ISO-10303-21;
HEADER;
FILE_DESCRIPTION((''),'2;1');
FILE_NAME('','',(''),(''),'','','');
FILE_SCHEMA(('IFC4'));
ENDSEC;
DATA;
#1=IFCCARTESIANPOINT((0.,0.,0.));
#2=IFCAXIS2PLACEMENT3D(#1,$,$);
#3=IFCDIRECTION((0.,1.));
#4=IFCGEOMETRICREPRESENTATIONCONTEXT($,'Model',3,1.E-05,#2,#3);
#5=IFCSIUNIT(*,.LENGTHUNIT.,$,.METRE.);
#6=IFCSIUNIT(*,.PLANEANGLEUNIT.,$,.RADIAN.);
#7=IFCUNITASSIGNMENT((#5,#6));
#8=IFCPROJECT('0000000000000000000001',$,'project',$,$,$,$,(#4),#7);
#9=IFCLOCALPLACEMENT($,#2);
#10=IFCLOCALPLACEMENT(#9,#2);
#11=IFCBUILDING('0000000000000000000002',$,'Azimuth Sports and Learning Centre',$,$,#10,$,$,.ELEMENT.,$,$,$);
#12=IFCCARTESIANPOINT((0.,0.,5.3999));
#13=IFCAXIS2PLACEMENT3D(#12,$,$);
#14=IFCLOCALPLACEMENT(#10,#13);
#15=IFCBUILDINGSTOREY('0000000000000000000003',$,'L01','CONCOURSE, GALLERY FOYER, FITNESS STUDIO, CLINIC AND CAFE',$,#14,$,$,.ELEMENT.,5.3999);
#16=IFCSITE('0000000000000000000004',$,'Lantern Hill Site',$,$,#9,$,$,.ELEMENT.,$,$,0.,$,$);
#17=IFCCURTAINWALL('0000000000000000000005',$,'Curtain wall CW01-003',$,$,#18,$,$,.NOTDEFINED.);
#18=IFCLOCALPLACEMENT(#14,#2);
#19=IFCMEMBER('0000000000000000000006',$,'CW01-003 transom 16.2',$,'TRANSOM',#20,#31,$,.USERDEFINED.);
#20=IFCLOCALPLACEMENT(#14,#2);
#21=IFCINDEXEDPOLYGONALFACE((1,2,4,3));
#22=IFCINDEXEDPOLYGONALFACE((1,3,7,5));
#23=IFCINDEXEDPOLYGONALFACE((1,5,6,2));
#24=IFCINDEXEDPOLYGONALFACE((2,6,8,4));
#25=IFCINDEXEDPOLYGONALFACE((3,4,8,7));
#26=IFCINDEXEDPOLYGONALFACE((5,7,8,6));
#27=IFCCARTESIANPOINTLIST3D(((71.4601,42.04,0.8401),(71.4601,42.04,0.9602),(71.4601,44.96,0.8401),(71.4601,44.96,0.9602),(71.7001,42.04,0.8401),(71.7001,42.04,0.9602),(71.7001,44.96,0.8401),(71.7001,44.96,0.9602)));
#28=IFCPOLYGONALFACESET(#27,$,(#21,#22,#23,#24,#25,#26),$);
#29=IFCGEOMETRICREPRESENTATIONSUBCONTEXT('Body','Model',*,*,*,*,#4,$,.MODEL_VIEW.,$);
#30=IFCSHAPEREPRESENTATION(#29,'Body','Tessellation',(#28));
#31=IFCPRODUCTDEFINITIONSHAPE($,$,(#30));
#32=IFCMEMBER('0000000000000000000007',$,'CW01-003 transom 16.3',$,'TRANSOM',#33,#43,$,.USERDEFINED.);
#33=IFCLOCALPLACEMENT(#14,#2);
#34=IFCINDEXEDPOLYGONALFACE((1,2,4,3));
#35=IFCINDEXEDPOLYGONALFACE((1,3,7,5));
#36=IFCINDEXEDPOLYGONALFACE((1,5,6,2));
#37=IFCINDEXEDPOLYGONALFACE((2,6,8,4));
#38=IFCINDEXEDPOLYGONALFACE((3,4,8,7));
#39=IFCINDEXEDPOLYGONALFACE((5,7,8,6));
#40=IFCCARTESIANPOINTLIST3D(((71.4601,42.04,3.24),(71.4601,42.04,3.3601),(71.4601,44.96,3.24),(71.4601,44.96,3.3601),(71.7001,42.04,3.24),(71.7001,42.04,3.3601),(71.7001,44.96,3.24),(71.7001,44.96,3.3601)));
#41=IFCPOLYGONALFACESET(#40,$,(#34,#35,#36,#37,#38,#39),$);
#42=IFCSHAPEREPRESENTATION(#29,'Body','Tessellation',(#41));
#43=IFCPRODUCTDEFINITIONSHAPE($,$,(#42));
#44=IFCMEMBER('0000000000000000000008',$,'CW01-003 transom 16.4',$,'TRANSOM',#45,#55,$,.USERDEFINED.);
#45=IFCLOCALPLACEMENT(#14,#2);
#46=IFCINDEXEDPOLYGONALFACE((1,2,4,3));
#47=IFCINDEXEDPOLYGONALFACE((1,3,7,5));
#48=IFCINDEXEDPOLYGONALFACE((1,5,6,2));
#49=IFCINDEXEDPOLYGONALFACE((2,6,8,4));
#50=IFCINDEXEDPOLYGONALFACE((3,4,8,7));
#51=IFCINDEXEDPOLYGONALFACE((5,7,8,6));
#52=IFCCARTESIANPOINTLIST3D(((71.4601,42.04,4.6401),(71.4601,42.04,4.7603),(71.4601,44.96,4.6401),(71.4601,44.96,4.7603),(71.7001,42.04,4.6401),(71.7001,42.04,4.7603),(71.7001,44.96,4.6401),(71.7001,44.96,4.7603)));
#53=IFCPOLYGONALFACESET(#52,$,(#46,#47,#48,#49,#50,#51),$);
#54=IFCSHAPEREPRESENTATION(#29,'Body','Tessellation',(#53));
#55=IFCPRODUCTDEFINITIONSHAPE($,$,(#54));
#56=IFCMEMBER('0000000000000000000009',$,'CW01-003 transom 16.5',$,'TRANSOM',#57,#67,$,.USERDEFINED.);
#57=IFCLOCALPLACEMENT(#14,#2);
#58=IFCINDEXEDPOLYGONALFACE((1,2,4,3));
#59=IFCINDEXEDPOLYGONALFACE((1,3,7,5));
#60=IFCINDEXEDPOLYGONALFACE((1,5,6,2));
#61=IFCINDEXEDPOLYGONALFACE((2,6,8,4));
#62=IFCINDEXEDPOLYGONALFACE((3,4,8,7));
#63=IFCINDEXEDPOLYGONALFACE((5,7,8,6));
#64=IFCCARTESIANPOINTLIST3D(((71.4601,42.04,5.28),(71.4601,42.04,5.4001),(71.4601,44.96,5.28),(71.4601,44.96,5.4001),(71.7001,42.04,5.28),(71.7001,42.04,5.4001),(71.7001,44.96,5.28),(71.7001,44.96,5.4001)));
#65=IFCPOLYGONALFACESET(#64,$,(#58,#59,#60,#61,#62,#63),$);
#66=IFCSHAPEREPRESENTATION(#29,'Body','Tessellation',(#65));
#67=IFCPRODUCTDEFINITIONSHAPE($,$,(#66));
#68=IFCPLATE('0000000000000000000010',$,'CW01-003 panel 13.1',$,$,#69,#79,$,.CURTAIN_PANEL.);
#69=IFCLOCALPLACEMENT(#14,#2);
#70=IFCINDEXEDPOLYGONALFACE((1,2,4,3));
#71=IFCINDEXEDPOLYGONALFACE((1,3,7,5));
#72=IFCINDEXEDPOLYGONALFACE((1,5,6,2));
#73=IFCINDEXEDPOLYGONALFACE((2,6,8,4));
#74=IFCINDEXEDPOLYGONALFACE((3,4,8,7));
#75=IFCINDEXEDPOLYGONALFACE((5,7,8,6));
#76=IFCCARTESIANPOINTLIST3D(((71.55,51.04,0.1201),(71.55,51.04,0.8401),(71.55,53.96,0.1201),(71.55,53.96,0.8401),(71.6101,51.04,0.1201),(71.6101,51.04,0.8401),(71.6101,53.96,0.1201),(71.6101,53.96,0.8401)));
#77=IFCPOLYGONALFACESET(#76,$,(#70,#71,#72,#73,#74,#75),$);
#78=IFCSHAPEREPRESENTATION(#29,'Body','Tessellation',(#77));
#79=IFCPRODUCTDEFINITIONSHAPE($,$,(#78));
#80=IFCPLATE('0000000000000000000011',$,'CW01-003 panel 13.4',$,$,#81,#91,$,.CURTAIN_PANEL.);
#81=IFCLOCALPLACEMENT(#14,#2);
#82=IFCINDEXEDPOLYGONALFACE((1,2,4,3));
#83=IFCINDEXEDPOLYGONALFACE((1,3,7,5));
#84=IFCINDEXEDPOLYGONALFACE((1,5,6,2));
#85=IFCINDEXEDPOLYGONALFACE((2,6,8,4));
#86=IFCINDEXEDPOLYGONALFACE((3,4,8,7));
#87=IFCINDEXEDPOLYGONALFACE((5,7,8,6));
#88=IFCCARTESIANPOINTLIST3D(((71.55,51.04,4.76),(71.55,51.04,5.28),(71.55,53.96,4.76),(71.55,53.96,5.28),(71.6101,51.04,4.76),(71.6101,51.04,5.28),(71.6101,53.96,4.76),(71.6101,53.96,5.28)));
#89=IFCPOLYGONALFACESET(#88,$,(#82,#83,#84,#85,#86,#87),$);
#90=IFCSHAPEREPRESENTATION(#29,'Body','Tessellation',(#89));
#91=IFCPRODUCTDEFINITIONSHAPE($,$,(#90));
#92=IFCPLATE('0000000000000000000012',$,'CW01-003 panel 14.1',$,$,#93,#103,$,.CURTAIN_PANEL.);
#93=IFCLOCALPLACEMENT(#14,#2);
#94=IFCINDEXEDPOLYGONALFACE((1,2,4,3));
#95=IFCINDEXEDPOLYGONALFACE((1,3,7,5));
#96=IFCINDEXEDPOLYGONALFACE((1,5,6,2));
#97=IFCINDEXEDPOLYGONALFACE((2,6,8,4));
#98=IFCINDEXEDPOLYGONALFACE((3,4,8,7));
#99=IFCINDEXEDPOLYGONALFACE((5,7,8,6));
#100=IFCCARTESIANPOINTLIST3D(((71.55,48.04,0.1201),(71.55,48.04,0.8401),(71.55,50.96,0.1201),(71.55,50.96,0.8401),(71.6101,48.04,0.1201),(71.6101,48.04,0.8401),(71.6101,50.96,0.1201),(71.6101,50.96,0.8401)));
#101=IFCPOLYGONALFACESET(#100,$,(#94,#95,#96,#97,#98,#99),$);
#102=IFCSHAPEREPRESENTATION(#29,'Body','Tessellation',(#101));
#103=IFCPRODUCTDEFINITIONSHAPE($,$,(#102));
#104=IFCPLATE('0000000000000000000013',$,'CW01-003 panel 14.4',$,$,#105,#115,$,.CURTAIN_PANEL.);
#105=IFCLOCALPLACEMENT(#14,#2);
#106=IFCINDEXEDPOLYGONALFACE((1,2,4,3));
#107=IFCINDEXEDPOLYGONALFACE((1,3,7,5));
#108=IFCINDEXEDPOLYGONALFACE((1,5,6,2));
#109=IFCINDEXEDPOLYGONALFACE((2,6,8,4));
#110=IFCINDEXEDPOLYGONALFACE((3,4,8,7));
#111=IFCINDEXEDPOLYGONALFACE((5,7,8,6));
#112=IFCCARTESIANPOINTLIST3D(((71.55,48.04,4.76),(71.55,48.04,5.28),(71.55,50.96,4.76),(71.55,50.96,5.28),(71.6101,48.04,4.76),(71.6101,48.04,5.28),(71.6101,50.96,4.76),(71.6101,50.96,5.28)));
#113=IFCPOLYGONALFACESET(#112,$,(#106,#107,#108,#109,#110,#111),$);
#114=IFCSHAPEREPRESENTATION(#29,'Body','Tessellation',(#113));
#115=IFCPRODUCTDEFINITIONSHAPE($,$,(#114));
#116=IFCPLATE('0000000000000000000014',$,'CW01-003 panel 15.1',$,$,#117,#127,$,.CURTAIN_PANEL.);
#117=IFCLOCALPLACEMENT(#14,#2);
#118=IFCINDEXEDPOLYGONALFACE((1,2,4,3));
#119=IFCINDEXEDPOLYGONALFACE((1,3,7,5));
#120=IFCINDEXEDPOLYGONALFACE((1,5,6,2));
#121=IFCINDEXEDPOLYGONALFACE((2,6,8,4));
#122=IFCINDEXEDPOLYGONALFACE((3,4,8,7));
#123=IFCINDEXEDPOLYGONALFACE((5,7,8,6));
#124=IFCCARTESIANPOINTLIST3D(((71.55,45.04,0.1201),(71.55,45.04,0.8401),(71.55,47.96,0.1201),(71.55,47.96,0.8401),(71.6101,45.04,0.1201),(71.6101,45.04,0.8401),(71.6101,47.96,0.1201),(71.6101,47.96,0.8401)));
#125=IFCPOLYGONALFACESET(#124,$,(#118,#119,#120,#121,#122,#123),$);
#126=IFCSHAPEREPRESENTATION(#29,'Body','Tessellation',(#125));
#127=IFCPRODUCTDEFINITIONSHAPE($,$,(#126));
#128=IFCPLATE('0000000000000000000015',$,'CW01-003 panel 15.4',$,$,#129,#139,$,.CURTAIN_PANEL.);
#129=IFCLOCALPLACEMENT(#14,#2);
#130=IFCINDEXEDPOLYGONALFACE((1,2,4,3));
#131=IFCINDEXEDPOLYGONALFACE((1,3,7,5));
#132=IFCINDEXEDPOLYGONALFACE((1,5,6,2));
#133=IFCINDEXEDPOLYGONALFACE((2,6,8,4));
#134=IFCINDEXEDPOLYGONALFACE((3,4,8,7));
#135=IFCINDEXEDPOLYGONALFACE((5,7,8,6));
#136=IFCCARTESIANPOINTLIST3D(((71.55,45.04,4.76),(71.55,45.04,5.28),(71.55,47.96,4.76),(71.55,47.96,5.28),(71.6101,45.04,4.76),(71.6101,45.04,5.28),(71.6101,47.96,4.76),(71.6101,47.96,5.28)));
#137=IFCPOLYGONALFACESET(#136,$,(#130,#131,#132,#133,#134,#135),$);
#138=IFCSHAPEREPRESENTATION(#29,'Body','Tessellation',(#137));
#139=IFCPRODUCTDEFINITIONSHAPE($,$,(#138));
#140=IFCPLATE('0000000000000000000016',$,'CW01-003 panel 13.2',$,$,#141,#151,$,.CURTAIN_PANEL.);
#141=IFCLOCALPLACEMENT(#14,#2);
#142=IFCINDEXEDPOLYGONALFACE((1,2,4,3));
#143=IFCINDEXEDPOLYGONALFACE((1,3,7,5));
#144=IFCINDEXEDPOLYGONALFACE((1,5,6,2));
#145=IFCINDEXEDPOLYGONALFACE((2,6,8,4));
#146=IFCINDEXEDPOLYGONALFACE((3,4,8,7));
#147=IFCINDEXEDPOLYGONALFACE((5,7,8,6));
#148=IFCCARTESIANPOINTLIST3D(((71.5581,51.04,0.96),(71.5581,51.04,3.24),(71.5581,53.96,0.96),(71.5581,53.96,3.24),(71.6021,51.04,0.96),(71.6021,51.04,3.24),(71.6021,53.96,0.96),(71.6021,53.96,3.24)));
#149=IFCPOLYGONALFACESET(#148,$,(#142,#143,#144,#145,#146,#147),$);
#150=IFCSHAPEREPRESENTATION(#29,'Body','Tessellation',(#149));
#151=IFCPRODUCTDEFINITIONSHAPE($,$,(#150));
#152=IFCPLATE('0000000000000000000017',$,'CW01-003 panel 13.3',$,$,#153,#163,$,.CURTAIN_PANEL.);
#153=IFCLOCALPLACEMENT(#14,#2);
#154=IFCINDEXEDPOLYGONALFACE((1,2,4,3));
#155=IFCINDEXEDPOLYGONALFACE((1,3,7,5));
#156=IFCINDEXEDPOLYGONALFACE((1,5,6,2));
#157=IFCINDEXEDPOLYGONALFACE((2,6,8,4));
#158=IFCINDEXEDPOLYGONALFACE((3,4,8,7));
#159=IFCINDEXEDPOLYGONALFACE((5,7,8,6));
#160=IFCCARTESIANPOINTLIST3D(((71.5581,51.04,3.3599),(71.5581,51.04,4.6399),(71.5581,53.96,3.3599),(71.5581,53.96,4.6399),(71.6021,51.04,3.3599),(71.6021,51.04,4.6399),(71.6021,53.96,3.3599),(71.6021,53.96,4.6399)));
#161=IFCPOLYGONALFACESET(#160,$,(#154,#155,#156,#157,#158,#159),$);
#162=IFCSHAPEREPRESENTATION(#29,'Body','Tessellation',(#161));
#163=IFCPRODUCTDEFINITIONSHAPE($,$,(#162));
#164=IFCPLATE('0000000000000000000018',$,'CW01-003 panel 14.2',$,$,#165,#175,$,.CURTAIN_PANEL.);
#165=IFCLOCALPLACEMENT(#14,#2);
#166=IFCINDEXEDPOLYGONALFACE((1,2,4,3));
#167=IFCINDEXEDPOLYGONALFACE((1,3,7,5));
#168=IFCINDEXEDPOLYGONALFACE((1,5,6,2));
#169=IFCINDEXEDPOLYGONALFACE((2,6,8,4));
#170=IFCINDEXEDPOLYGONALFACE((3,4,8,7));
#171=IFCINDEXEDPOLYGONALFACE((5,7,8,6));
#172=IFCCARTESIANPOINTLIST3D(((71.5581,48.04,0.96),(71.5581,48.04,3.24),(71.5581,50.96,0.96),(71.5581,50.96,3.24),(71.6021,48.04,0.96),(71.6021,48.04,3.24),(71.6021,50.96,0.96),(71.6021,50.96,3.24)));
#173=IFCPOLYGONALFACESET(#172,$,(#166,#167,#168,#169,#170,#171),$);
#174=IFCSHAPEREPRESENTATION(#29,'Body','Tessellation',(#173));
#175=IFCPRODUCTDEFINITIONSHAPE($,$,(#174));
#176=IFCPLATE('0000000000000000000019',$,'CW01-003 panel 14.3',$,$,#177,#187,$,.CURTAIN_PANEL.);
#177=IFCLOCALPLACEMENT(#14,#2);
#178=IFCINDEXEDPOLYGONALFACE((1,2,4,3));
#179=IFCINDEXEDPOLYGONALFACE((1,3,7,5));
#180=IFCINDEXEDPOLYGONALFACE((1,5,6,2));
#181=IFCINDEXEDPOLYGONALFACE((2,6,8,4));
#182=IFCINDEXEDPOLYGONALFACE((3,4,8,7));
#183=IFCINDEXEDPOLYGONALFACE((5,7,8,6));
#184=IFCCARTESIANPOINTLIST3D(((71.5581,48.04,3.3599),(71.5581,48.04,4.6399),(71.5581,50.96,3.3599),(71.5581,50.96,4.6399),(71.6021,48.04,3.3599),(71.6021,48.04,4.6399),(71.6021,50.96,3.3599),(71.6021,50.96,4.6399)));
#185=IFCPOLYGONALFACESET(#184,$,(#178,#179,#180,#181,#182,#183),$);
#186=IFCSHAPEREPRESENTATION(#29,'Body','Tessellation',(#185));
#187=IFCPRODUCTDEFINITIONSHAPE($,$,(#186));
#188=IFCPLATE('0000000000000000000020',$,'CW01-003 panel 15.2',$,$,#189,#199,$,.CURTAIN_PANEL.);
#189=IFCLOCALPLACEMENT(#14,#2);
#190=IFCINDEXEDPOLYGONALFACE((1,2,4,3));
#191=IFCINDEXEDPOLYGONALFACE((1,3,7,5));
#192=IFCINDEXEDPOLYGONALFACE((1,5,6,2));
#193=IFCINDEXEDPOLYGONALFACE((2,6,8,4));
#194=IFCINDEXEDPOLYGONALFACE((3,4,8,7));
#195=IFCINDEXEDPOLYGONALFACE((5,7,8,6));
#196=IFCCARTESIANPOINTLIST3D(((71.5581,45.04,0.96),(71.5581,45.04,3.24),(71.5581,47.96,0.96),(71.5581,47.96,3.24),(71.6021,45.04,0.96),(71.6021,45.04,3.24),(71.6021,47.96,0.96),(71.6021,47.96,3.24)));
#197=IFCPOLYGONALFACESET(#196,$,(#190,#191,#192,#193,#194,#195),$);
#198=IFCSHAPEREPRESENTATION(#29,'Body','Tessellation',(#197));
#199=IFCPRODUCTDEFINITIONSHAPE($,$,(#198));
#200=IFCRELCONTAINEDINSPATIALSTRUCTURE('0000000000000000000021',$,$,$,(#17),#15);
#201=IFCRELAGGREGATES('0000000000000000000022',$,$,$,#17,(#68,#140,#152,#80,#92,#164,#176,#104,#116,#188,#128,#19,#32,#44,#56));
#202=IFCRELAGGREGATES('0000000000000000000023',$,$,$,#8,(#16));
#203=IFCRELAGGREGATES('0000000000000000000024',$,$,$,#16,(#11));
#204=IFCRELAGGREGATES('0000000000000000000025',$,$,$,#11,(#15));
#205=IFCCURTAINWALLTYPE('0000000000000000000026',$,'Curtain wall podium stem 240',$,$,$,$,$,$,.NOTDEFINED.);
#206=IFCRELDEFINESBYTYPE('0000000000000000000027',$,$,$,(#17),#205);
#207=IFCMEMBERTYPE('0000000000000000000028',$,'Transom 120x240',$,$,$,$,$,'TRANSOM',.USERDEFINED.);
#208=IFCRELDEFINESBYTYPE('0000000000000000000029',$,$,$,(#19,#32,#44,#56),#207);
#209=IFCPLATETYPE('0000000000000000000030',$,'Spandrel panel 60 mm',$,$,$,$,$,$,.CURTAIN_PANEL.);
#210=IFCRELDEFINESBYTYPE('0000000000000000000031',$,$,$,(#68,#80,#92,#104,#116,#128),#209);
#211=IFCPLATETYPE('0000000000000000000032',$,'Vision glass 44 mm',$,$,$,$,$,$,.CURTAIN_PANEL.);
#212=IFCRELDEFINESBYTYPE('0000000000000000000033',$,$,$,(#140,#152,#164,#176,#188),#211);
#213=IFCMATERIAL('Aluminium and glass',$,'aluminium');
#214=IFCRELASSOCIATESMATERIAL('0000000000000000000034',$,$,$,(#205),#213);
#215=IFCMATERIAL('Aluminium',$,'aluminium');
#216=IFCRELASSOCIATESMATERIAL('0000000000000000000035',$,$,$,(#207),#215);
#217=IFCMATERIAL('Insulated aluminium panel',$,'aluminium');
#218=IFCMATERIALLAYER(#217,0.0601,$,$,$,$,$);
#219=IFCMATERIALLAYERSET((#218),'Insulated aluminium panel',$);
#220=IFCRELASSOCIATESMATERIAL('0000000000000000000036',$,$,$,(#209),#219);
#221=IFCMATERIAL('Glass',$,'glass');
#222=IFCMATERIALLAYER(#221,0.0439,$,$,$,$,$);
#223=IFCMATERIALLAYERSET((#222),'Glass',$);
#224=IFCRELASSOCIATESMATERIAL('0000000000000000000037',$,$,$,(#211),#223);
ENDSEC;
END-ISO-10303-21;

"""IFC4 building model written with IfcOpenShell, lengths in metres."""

from ifc_helpers import new_model, si_unit, direction, frame, origin, origin_2d, place, context, subcontext, project, spatial, rectangle, extrude, material, layer, layer_set, material_profile, profile_set, type_object, element, aggregate, save


model = new_model("IFC4")

# Units and contexts
model_context = context("Model", 3, precision=1e-05, world=origin(), true_north=direction((0.0, 1.0)))
body_context = subcontext(model_context, "Body", "Model", "MODEL_VIEW")
ifc_project = project(units=[si_unit("LENGTHUNIT", "METRE"), si_unit("PLANEANGLEUNIT", "RADIAN")], contexts=[model_context])

# Site, building, storey
site_placement = place(None, origin())
site = spatial("IfcSite", under=ifc_project, at=site_placement, Name="Lantern Hill Site", CompositionType="ELEMENT", RefElevation=0.0)
building_placement = place(site_placement, origin())
building = spatial("IfcBuilding", under=site, at=building_placement, Name="Azimuth Sports and Learning Centre", CompositionType="ELEMENT")
storey_placement = place(building_placement, frame((0.0, 0.0, 5.3999)))
storey = spatial("IfcBuildingStorey", under=building, at=storey_placement, Name="L01", Description="CONCOURSE, GALLERY FOYER, FITNESS STUDIO, CLINIC AND CAFE", CompositionType="ELEMENT", Elevation=5.3999)

# Curtain wall, members, plates
ifc_material_1 = material(Name="Aluminium and glass", Category="aluminium")
curtain_wall_type = type_object("IfcCurtainWallType", Name="Curtain wall podium stem 240", PredefinedType="NOTDEFINED", material=ifc_material_1)
curtain_wall_placement = place(storey_placement, origin())
curtain_wall = element("IfcCurtainWall", 1, at=curtain_wall_placement, inside=storey, type_object=curtain_wall_type, Name="Curtain wall CW01-003", PredefinedType="NOTDEFINED")
ifc_material_2 = material(Name="Aluminium", Category="aluminium")
ifc_material_profile_1 = material_profile(ifc_material_2, rectangle(XDim=0.24, YDim=0.1201, at=origin_2d()), Name="Transom 120x240")
ifc_profile_set_1 = profile_set([ifc_material_profile_1], Name="Aluminium")
member_type_1 = type_object("IfcMemberType", Name="Transom 120x240", ElementType="TRANSOM", PredefinedType="USERDEFINED", material=ifc_profile_set_1)
member_1_placement = place(storey_placement, frame((71.5801, 44.96, 0.9001), z_axis=(0.0, -1.0, 0.0), x_axis=(1.0, 0.0, 0.0)))
member_1 = element("IfcMember", 2, at=member_1_placement, type_object=member_type_1, Name="CW01-003 transom 16.2", ObjectType="TRANSOM", PredefinedType="USERDEFINED", context=body_context, shape_type="SweptSolid", body=[
    extrude(rectangle(XDim=0.24, YDim=0.1201, at=origin_2d()), origin(), (0.0, 0.0, 1.0), 2.9199),
])
member_2_placement = place(storey_placement, frame((71.5801, 44.96, 3.3), z_axis=(0.0, -1.0, 0.0), x_axis=(1.0, 0.0, 0.0)))
member_2 = element("IfcMember", 3, at=member_2_placement, type_object=member_type_1, Name="CW01-003 transom 16.3", ObjectType="TRANSOM", PredefinedType="USERDEFINED", context=body_context, shape_type="SweptSolid", body=[
    extrude(rectangle(XDim=0.24, YDim=0.1201, at=origin_2d()), origin(), (0.0, 0.0, 1.0), 2.9199),
])
member_3_placement = place(storey_placement, frame((71.5801, 44.96, 4.7002), z_axis=(0.0, -1.0, 0.0), x_axis=(1.0, 0.0, 0.0)))
member_3 = element("IfcMember", 4, at=member_3_placement, type_object=member_type_1, Name="CW01-003 transom 16.4", ObjectType="TRANSOM", PredefinedType="USERDEFINED", context=body_context, shape_type="SweptSolid", body=[
    extrude(rectangle(XDim=0.24, YDim=0.1201, at=origin_2d()), origin(), (0.0, 0.0, 1.0), 2.9199),
])
member_4_placement = place(storey_placement, frame((71.5801, 44.96, 5.3401), z_axis=(0.0, -1.0, 0.0), x_axis=(1.0, 0.0, 0.0)))
member_4 = element("IfcMember", 5, at=member_4_placement, type_object=member_type_1, Name="CW01-003 transom 16.5", ObjectType="TRANSOM", PredefinedType="USERDEFINED", context=body_context, shape_type="SweptSolid", body=[
    extrude(rectangle(XDim=0.24, YDim=0.1201, at=origin_2d()), origin(), (0.0, 0.0, 1.0), 2.9199),
])
ifc_material_3 = material(Name="Insulated aluminium panel", Category="aluminium")
ifc_layer_1 = layer(ifc_material_3, 0.0601)
ifc_layer_set_1 = layer_set([ifc_layer_1], Name="Insulated aluminium panel")
plate_type_1 = type_object("IfcPlateType", Name="Spandrel panel 60 mm", PredefinedType="CURTAIN_PANEL", material=ifc_layer_set_1)
plate_1_placement = place(storey_placement, frame((71.5801, 52.5, 0.1201), z_axis=(0.0, 0.0, 1.0), x_axis=(0.0, -1.0, 0.0)))
plate_1 = element("IfcPlate", 6, at=plate_1_placement, type_object=plate_type_1, Name="CW01-003 panel 13.1", PredefinedType="CURTAIN_PANEL", context=body_context, shape_type="SweptSolid", body=[
    extrude(rectangle(XDim=2.9199, YDim=0.0601, at=origin_2d()), origin(), (0.0, 0.0, 1.0), 0.72),
])
plate_2_placement = place(storey_placement, frame((71.5801, 52.5, 4.76), z_axis=(0.0, 0.0, 1.0), x_axis=(0.0, -1.0, 0.0)))
plate_2 = element("IfcPlate", 7, at=plate_2_placement, type_object=plate_type_1, Name="CW01-003 panel 13.4", PredefinedType="CURTAIN_PANEL", context=body_context, shape_type="SweptSolid", body=[
    extrude(rectangle(XDim=2.9199, YDim=0.0601, at=origin_2d()), origin(), (0.0, 0.0, 1.0), 0.52),
])
plate_3_placement = place(storey_placement, frame((71.5801, 49.5, 0.1201), z_axis=(0.0, 0.0, 1.0), x_axis=(0.0, -1.0, 0.0)))
plate_3 = element("IfcPlate", 8, at=plate_3_placement, type_object=plate_type_1, Name="CW01-003 panel 14.1", PredefinedType="CURTAIN_PANEL", context=body_context, shape_type="SweptSolid", body=[
    extrude(rectangle(XDim=2.9199, YDim=0.0601, at=origin_2d()), origin(), (0.0, 0.0, 1.0), 0.72),
])
plate_4_placement = place(storey_placement, frame((71.5801, 49.5, 4.76), z_axis=(0.0, 0.0, 1.0), x_axis=(0.0, -1.0, 0.0)))
plate_4 = element("IfcPlate", 9, at=plate_4_placement, type_object=plate_type_1, Name="CW01-003 panel 14.4", PredefinedType="CURTAIN_PANEL", context=body_context, shape_type="SweptSolid", body=[
    extrude(rectangle(XDim=2.9199, YDim=0.0601, at=origin_2d()), origin(), (0.0, 0.0, 1.0), 0.52),
])
plate_5_placement = place(storey_placement, frame((71.5801, 46.5, 0.1201), z_axis=(0.0, 0.0, 1.0), x_axis=(0.0, -1.0, 0.0)))
plate_5 = element("IfcPlate", 10, at=plate_5_placement, type_object=plate_type_1, Name="CW01-003 panel 15.1", PredefinedType="CURTAIN_PANEL", context=body_context, shape_type="SweptSolid", body=[
    extrude(rectangle(XDim=2.9199, YDim=0.0601, at=origin_2d()), origin(), (0.0, 0.0, 1.0), 0.72),
])
plate_6_placement = place(storey_placement, frame((71.5801, 46.5, 4.76), z_axis=(0.0, 0.0, 1.0), x_axis=(0.0, -1.0, 0.0)))
plate_6 = element("IfcPlate", 11, at=plate_6_placement, type_object=plate_type_1, Name="CW01-003 panel 15.4", PredefinedType="CURTAIN_PANEL", context=body_context, shape_type="SweptSolid", body=[
    extrude(rectangle(XDim=2.9199, YDim=0.0601, at=origin_2d()), origin(), (0.0, 0.0, 1.0), 0.52),
])
ifc_material_4 = material(Name="Glass", Category="glass")
ifc_layer_2 = layer(ifc_material_4, 0.0439)
ifc_layer_set_2 = layer_set([ifc_layer_2], Name="Glass")
plate_type_2 = type_object("IfcPlateType", Name="Vision glass 44 mm", PredefinedType="CURTAIN_PANEL", material=ifc_layer_set_2)
plate_7_placement = place(storey_placement, frame((71.5801, 52.5, 0.96), z_axis=(0.0, 0.0, 1.0), x_axis=(0.0, -1.0, 0.0)))
plate_7 = element("IfcPlate", 12, at=plate_7_placement, type_object=plate_type_2, Name="CW01-003 panel 13.2", PredefinedType="CURTAIN_PANEL", context=body_context, shape_type="SweptSolid", body=[
    extrude(rectangle(XDim=2.9199, YDim=0.0439, at=origin_2d()), origin(), (0.0, 0.0, 1.0), 2.28),
])
plate_8_placement = place(storey_placement, frame((71.5801, 52.5, 3.3599), z_axis=(0.0, 0.0, 1.0), x_axis=(0.0, -1.0, 0.0)))
plate_8 = element("IfcPlate", 13, at=plate_8_placement, type_object=plate_type_2, Name="CW01-003 panel 13.3", PredefinedType="CURTAIN_PANEL", context=body_context, shape_type="SweptSolid", body=[
    extrude(rectangle(XDim=2.9199, YDim=0.0439, at=origin_2d()), origin(), (0.0, 0.0, 1.0), 1.28),
])
plate_9_placement = place(storey_placement, frame((71.5801, 49.5, 0.96), z_axis=(0.0, 0.0, 1.0), x_axis=(0.0, -1.0, 0.0)))
plate_9 = element("IfcPlate", 14, at=plate_9_placement, type_object=plate_type_2, Name="CW01-003 panel 14.2", PredefinedType="CURTAIN_PANEL", context=body_context, shape_type="SweptSolid", body=[
    extrude(rectangle(XDim=2.9199, YDim=0.0439, at=origin_2d()), origin(), (0.0, 0.0, 1.0), 2.28),
])
plate_10_placement = place(storey_placement, frame((71.5801, 49.5, 3.3599), z_axis=(0.0, 0.0, 1.0), x_axis=(0.0, -1.0, 0.0)))
plate_10 = element("IfcPlate", 15, at=plate_10_placement, type_object=plate_type_2, Name="CW01-003 panel 14.3", PredefinedType="CURTAIN_PANEL", context=body_context, shape_type="SweptSolid", body=[
    extrude(rectangle(XDim=2.9199, YDim=0.0439, at=origin_2d()), origin(), (0.0, 0.0, 1.0), 1.28),
])
plate_11_placement = place(storey_placement, frame((71.5801, 46.5, 0.96), z_axis=(0.0, 0.0, 1.0), x_axis=(0.0, -1.0, 0.0)))
plate_11 = element("IfcPlate", 16, at=plate_11_placement, type_object=plate_type_2, Name="CW01-003 panel 15.2", PredefinedType="CURTAIN_PANEL", context=body_context, shape_type="SweptSolid", body=[
    extrude(rectangle(XDim=2.9199, YDim=0.0439, at=origin_2d()), origin(), (0.0, 0.0, 1.0), 2.28),
])
aggregate(curtain_wall, [plate_1, plate_7, plate_8, plate_2, plate_3, plate_9, plate_10, plate_4, plate_5, plate_11, plate_6, member_1, member_2, member_3, member_4])

save(model, "model.ifc")
